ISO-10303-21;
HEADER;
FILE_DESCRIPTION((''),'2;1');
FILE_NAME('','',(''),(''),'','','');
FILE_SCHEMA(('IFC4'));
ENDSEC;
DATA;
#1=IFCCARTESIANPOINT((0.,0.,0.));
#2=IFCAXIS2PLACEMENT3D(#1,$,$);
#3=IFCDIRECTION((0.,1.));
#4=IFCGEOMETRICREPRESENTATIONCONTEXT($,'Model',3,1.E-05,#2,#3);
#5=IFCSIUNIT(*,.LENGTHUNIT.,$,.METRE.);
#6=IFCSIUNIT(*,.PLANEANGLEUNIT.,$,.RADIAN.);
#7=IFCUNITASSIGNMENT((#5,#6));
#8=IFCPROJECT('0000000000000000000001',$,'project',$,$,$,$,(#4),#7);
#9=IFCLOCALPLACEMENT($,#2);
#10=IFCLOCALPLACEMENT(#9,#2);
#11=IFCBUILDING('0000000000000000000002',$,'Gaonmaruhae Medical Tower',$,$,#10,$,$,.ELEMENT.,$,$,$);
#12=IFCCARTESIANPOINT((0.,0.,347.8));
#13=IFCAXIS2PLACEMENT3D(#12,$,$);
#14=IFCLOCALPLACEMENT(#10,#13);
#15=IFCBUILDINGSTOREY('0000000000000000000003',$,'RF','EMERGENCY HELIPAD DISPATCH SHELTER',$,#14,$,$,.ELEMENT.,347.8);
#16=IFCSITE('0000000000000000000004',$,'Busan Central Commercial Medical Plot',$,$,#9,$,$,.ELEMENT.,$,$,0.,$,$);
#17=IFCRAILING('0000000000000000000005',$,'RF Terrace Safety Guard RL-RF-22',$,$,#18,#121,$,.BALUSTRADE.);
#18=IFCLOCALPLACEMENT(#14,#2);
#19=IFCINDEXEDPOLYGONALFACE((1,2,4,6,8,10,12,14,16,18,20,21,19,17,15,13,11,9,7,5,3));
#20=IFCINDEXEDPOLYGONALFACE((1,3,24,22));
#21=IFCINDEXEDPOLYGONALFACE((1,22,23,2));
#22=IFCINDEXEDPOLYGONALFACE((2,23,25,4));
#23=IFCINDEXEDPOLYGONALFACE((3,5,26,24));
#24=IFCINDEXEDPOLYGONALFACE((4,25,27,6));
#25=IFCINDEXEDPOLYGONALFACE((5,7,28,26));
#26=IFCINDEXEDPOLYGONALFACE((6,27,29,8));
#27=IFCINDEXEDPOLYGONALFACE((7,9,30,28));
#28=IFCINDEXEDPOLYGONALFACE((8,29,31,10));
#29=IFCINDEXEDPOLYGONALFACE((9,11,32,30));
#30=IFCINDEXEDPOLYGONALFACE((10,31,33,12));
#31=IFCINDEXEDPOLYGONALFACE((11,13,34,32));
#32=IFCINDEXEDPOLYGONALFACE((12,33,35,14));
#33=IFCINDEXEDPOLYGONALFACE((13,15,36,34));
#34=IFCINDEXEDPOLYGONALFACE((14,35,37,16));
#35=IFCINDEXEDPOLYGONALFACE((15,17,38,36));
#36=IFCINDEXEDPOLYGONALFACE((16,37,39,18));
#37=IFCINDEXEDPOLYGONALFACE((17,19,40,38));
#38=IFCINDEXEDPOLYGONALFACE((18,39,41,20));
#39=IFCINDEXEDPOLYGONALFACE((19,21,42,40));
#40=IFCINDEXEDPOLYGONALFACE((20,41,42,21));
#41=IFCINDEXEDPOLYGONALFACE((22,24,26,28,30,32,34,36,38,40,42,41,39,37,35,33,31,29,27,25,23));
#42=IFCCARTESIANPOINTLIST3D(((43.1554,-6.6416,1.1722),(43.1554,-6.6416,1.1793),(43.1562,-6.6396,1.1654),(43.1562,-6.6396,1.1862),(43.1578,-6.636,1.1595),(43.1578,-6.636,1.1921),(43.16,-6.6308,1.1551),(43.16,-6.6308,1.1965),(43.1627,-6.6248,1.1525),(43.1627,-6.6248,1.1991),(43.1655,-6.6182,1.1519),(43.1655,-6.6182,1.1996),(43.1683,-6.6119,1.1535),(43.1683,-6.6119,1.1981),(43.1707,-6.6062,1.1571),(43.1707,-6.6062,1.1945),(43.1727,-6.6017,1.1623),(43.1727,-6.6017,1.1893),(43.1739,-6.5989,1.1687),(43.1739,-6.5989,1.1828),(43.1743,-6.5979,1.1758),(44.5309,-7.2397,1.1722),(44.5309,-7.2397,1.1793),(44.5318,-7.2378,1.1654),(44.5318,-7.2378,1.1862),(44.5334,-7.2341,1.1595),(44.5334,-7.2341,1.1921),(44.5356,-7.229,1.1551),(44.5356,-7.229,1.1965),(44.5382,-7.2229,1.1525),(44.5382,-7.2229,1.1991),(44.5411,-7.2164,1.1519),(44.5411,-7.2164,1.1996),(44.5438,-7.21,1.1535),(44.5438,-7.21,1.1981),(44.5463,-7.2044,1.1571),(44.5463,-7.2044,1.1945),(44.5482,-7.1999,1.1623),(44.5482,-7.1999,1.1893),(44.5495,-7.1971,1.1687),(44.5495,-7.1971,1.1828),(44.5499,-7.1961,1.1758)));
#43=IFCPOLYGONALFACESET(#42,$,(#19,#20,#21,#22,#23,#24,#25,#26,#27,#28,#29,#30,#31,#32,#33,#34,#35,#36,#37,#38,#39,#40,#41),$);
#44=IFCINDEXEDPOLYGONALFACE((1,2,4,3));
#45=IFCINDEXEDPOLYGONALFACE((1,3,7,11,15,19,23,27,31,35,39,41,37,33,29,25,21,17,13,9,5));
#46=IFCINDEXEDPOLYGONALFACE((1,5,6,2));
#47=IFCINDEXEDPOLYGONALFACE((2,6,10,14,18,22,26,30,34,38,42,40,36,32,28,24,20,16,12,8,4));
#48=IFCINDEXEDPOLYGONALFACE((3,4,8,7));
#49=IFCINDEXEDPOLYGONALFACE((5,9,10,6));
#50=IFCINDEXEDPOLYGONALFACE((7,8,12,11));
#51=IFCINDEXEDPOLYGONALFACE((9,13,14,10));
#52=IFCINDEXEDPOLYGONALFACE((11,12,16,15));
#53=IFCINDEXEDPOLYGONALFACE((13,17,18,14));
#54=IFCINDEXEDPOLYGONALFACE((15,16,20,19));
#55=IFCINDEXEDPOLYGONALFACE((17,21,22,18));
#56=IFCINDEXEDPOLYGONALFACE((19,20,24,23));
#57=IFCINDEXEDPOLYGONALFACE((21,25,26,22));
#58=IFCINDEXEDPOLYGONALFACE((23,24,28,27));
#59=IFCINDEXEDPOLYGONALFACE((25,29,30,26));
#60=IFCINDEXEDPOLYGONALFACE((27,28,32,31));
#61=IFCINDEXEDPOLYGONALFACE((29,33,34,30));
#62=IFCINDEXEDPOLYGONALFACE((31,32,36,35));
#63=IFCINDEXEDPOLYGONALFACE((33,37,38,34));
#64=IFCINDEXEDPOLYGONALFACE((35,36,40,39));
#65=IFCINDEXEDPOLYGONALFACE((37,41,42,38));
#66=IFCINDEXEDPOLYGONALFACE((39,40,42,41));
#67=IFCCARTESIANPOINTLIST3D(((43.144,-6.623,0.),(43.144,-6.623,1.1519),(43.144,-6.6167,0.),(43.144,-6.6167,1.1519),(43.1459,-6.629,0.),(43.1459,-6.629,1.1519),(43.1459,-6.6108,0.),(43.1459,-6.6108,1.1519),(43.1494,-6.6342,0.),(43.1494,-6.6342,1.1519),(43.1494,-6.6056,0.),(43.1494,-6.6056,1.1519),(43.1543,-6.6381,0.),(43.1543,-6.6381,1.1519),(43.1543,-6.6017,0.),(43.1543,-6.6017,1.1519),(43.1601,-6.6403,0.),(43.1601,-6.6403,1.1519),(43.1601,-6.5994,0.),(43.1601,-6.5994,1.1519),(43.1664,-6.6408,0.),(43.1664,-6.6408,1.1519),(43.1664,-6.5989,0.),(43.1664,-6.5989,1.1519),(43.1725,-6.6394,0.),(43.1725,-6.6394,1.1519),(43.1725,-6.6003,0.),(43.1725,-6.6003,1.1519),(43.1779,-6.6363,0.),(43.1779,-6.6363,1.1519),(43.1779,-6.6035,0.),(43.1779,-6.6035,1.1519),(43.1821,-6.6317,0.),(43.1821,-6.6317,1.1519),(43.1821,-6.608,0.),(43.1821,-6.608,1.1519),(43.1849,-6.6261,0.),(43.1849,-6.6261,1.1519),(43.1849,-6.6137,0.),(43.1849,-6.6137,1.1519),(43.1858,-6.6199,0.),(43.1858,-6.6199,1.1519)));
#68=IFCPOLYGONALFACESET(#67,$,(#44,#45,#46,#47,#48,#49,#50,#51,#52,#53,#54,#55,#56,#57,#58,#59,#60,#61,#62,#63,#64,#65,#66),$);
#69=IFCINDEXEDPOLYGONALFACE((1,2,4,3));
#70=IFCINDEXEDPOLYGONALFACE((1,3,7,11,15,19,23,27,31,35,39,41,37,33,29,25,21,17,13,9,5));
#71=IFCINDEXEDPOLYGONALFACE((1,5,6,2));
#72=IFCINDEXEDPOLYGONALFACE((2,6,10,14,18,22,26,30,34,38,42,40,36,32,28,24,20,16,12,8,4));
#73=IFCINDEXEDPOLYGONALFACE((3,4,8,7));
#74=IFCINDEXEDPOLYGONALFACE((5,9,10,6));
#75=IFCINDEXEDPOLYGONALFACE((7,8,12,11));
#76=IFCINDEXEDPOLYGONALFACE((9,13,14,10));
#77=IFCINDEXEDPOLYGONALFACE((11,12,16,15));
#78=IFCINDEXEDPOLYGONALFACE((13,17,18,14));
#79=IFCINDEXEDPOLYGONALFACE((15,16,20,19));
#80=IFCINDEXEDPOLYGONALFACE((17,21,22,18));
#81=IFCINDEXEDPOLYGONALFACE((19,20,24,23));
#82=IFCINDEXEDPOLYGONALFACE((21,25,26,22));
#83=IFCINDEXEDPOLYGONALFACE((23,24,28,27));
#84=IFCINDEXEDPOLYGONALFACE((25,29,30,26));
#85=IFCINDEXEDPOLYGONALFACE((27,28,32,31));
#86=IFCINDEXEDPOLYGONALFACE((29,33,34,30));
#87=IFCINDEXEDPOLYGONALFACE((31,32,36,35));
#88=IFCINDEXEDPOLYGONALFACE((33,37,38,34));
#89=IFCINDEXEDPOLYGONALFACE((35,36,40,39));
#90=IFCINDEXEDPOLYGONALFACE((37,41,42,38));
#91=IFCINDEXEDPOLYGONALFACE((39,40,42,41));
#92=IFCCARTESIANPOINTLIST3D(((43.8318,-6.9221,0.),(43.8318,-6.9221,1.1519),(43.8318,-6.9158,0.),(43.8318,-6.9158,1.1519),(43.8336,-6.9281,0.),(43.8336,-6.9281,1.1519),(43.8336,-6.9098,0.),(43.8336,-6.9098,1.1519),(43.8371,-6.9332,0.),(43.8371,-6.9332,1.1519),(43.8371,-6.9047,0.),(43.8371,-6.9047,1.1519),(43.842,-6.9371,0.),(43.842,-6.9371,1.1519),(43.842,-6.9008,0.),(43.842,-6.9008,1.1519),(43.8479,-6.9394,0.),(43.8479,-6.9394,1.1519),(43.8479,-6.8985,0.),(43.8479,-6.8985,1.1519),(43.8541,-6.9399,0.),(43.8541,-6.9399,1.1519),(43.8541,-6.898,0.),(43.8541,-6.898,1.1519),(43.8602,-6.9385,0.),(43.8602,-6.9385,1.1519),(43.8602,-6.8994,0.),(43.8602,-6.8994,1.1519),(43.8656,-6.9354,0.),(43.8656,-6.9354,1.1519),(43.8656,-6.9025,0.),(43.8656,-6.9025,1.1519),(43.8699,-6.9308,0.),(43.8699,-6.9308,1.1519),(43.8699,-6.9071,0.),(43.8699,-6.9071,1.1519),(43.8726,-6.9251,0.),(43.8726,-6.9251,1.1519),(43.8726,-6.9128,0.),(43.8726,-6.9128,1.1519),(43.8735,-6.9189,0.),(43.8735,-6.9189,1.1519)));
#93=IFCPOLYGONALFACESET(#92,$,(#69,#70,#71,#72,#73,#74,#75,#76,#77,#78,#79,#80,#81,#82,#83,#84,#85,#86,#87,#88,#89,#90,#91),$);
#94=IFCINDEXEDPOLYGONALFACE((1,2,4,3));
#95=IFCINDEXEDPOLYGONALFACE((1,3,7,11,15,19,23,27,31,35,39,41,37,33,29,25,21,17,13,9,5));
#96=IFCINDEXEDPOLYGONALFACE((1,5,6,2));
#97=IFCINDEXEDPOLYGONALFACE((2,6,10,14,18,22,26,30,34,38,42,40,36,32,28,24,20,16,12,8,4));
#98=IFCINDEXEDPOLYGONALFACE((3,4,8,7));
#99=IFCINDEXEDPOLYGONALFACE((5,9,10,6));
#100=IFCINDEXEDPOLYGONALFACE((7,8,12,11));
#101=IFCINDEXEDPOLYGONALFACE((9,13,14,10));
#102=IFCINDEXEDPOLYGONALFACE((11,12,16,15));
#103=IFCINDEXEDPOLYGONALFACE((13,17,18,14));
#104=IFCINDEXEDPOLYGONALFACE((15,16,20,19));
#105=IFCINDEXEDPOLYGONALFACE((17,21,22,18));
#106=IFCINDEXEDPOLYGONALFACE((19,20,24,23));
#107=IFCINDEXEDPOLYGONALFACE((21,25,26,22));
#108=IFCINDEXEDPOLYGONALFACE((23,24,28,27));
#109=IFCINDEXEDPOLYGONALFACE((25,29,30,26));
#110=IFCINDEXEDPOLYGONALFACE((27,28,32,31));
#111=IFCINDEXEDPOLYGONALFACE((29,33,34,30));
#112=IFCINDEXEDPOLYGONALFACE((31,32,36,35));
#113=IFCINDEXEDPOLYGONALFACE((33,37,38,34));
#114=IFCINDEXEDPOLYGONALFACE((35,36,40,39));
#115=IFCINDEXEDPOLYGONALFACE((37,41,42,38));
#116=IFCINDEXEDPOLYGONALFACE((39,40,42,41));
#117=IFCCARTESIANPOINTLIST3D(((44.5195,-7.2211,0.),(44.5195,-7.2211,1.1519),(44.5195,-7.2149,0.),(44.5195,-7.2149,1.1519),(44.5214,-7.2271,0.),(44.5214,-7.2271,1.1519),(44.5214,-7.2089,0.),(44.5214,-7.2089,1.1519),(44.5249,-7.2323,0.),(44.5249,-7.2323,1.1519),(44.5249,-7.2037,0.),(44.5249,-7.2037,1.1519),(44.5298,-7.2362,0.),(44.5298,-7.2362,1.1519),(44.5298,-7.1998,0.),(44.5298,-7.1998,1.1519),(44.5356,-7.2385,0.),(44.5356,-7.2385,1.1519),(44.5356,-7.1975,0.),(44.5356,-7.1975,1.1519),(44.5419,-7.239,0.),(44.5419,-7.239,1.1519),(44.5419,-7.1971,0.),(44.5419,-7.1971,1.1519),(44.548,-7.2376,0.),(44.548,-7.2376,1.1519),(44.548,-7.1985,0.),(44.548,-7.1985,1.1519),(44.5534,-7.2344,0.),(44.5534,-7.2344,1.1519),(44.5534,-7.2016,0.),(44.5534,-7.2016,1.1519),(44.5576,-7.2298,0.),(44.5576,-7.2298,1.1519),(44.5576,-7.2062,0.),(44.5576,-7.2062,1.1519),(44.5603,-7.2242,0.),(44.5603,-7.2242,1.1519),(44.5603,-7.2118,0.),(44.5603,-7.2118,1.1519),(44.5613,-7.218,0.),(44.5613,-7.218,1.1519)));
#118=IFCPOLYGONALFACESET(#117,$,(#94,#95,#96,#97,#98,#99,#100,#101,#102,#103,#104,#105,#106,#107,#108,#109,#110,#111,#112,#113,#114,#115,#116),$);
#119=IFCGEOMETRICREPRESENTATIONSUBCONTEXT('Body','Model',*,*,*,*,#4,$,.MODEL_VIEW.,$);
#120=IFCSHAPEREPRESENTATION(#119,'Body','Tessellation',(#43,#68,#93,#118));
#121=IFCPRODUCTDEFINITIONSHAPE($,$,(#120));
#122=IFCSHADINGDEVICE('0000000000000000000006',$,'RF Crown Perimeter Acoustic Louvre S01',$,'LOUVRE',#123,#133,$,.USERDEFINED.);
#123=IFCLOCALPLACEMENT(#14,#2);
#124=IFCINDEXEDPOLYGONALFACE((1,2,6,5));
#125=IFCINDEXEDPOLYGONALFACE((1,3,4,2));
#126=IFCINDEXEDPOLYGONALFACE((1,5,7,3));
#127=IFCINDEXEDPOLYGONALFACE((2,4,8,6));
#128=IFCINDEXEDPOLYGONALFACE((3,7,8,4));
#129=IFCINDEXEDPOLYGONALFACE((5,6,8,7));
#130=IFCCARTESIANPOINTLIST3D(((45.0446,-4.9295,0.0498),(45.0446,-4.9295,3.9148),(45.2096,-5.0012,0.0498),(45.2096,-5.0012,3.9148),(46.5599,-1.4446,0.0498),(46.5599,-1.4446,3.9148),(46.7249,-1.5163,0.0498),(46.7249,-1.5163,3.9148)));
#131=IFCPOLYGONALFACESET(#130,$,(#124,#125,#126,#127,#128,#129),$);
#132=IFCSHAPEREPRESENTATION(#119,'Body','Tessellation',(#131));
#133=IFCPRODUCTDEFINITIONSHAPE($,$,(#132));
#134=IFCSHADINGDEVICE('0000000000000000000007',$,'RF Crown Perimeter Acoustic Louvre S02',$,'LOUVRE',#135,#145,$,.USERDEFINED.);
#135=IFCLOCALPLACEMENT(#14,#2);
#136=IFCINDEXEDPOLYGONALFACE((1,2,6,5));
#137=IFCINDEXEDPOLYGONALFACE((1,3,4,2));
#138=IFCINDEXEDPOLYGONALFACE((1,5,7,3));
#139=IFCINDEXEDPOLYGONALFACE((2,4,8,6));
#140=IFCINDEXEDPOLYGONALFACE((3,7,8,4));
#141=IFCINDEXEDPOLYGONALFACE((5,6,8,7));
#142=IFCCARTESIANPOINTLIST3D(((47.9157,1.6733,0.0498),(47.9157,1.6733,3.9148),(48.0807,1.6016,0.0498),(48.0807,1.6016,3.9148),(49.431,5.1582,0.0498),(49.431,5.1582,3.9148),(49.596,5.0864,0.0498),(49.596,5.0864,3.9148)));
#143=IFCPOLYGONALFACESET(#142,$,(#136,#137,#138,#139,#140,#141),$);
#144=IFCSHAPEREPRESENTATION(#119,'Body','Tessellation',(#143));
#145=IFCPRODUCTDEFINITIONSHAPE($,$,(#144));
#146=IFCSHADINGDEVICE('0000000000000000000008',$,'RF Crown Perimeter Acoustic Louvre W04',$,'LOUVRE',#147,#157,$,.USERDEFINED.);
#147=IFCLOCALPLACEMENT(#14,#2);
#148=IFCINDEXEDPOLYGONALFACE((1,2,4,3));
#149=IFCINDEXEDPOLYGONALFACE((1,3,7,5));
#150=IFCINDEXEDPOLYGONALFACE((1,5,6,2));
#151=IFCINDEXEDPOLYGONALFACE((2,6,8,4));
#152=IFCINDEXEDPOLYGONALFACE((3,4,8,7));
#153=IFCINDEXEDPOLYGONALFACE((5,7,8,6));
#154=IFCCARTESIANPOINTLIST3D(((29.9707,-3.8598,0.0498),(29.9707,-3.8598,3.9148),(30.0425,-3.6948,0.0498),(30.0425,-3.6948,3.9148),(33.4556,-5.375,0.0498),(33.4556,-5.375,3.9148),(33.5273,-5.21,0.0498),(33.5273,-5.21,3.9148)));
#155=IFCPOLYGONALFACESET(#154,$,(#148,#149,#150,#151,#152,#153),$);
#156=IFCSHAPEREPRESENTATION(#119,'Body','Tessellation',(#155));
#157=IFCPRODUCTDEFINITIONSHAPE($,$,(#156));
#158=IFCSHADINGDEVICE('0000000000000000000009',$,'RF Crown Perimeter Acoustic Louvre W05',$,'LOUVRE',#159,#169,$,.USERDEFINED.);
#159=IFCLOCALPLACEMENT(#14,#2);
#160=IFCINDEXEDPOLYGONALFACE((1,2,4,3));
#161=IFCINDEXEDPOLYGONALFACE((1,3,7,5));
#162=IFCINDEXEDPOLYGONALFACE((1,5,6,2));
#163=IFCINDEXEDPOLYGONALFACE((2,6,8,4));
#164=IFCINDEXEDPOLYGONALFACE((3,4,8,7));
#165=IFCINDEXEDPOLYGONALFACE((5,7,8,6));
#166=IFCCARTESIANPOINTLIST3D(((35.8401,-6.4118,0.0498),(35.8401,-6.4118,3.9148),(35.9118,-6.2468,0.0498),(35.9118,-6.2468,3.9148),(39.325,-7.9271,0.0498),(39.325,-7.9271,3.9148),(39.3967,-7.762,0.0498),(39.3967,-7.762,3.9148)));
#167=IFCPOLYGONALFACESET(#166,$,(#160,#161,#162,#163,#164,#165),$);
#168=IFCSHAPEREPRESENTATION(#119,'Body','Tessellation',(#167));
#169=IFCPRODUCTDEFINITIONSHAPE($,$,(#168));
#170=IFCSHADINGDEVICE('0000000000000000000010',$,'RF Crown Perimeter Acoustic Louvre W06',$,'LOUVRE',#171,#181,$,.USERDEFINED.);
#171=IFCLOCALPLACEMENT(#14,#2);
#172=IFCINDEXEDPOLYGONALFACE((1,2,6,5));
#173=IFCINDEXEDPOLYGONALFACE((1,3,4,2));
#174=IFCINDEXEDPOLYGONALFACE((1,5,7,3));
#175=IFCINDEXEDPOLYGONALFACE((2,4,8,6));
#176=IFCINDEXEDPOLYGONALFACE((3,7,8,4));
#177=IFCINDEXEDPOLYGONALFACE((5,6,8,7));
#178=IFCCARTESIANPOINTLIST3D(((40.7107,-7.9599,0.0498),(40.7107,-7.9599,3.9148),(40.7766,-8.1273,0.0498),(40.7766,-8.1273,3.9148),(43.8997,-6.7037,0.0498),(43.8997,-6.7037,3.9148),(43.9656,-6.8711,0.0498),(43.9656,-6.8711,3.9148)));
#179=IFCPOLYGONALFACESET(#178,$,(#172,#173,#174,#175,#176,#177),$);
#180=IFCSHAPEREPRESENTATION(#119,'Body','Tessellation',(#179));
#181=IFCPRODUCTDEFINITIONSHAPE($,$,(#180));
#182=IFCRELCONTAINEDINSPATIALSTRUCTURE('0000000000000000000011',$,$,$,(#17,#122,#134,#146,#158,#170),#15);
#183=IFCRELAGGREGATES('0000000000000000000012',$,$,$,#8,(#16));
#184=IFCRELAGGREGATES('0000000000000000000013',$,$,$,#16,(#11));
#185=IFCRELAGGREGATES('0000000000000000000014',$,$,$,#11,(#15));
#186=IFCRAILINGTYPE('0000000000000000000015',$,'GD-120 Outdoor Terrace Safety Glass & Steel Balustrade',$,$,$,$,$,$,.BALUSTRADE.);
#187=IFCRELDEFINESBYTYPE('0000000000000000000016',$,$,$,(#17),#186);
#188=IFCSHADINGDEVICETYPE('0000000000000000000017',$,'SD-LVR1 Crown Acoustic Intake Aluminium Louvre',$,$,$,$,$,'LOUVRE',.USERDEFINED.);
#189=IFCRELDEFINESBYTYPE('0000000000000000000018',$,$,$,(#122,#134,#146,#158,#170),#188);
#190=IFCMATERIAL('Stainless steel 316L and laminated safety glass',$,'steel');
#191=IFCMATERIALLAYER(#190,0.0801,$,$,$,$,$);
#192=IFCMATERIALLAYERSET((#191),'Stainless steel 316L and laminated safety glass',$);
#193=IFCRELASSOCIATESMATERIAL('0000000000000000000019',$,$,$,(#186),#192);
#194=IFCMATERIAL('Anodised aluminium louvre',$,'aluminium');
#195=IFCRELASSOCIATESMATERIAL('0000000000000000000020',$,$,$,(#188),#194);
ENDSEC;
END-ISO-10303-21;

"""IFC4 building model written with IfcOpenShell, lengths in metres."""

from ifc_helpers import new_model, si_unit, direction, frame, origin, origin_2d, place, context, subcontext, project, spatial, rectangle, circle, extrude, material, layer, layer_set, type_object, element, save


model = new_model("IFC4")

# Units and contexts
model_context = context("Model", 3, precision=1e-05, world=origin(), true_north=direction((0.0, 1.0)))
body_context = subcontext(model_context, "Body", "Model", "MODEL_VIEW")
ifc_project = project(units=[si_unit("LENGTHUNIT", "METRE"), si_unit("PLANEANGLEUNIT", "RADIAN")], contexts=[model_context])

# Site, building, storey
site_placement = place(None, origin())
site = spatial("IfcSite", under=ifc_project, at=site_placement, Name="Busan Central Commercial Medical Plot", CompositionType="ELEMENT", RefElevation=0.0)
building_placement = place(site_placement, origin())
building = spatial("IfcBuilding", under=site, at=building_placement, Name="Gaonmaruhae Medical Tower", CompositionType="ELEMENT")
storey_placement = place(building_placement, frame((0.0, 0.0, 347.8)))
storey = spatial("IfcBuildingStorey", under=building, at=storey_placement, Name="RF", Description="EMERGENCY HELIPAD DISPATCH SHELTER", CompositionType="ELEMENT", Elevation=347.8)

# Railing
ifc_material_1 = material(Name="Stainless steel 316L and laminated safety glass", Category="steel")
ifc_layer_1 = layer(ifc_material_1, 0.0801)
ifc_layer_set_1 = layer_set([ifc_layer_1], Name="Stainless steel 316L and laminated safety glass")
railing_type = type_object("IfcRailingType", Name="GD-120 Outdoor Terrace Safety Glass & Steel Balustrade", PredefinedType="BALUSTRADE", material=ifc_layer_set_1)
railing_1_placement = place(storey_placement, frame((43.1648, -6.6199, 0.0)))
element("IfcRailing", 1, at=railing_1_placement, inside=storey, type_object=railing_type, Name="RF Terrace Safety Guard RL-RF-22", PredefinedType="BALUSTRADE", context=body_context, shape_type="SweptSolid", body=[
    extrude(circle(Radius=0.0239, at=origin_2d()), frame((0.0, 0.0, 1.1758), z_axis=(0.917044, -0.398786, 0.0), x_axis=(0.398786, 0.917044, 0.0)), (0.0, 0.0, 1.0), 1.5),
    extrude(circle(Radius=0.021, at=origin_2d()), origin(), (0.0, 0.0, 1.0), 1.1519),
    extrude(circle(Radius=0.021, at=origin_2d()), frame((0.6877, -0.2991, 0.0)), (0.0, 0.0, 1.0), 1.1519),
    extrude(circle(Radius=0.021, at=origin_2d()), frame((1.3755, -0.5981, 0.0)), (0.0, 0.0, 1.0), 1.1519),
])

# Shading devices
ifc_material_2 = material(Name="Anodised aluminium louvre", Category="aluminium")
shading_device_type = type_object("IfcShadingDeviceType", Name="SD-LVR1 Crown Acoustic Intake Aluminium Louvre", ElementType="LOUVRE", PredefinedType="USERDEFINED", material=ifc_material_2)
for number, where, z_axis, x_axis, name in (
    (2, (45.8848, -3.2229, 0.0498), (0.0, 0.0, 1.0), (-0.398749, -0.91706, 0.0), "RF Crown Perimeter Acoustic Louvre S01"),
    (3, (48.7559, 3.3799, 0.0498), (0.0, 0.0, 1.0), (-0.398749, -0.91706, 0.0), "RF Crown Perimeter Acoustic Louvre S02"),
    (4, (31.749, -4.5349, 0.0498), (0.0, 0.0, 1.0), (-0.91706, 0.398749, 0.0), "RF Crown Perimeter Acoustic Louvre W04"),
    (5, (37.6184, -7.0869, 0.0498), (0.0, 0.0, 1.0), (-0.91706, 0.398749, 0.0), "RF Crown Perimeter Acoustic Louvre W05"),
):
    element("IfcShadingDevice", number, at=place(storey_placement, frame(where, z_axis=z_axis, x_axis=x_axis)), inside=storey, type_object=shading_device_type, Name=name, ObjectType="LOUVRE", PredefinedType="USERDEFINED", context=body_context, shape_type="SweptSolid", body=[
        extrude(rectangle(XDim=3.8, YDim=0.1799, at=origin_2d()), origin(), (0.0, 0.0, 1.0), 3.865),
    ])
shading_device_placement = place(storey_placement, frame((42.3381, -7.4155, 0.0498), z_axis=(0.0, 0.0, 1.0), x_axis=(-0.930418, -0.366501, 0.0)))
element("IfcShadingDevice", 6, at=shading_device_placement, inside=storey, type_object=shading_device_type, Name="RF Crown Perimeter Acoustic Louvre W06", ObjectType="LOUVRE", PredefinedType="USERDEFINED", context=body_context, shape_type="SweptSolid", body=[
    extrude(rectangle(XDim=3.4275, YDim=0.1799, at=origin_2d()), origin(), (0.0, 0.0, 1.0), 3.865),
])

save(model, "model.ifc")
